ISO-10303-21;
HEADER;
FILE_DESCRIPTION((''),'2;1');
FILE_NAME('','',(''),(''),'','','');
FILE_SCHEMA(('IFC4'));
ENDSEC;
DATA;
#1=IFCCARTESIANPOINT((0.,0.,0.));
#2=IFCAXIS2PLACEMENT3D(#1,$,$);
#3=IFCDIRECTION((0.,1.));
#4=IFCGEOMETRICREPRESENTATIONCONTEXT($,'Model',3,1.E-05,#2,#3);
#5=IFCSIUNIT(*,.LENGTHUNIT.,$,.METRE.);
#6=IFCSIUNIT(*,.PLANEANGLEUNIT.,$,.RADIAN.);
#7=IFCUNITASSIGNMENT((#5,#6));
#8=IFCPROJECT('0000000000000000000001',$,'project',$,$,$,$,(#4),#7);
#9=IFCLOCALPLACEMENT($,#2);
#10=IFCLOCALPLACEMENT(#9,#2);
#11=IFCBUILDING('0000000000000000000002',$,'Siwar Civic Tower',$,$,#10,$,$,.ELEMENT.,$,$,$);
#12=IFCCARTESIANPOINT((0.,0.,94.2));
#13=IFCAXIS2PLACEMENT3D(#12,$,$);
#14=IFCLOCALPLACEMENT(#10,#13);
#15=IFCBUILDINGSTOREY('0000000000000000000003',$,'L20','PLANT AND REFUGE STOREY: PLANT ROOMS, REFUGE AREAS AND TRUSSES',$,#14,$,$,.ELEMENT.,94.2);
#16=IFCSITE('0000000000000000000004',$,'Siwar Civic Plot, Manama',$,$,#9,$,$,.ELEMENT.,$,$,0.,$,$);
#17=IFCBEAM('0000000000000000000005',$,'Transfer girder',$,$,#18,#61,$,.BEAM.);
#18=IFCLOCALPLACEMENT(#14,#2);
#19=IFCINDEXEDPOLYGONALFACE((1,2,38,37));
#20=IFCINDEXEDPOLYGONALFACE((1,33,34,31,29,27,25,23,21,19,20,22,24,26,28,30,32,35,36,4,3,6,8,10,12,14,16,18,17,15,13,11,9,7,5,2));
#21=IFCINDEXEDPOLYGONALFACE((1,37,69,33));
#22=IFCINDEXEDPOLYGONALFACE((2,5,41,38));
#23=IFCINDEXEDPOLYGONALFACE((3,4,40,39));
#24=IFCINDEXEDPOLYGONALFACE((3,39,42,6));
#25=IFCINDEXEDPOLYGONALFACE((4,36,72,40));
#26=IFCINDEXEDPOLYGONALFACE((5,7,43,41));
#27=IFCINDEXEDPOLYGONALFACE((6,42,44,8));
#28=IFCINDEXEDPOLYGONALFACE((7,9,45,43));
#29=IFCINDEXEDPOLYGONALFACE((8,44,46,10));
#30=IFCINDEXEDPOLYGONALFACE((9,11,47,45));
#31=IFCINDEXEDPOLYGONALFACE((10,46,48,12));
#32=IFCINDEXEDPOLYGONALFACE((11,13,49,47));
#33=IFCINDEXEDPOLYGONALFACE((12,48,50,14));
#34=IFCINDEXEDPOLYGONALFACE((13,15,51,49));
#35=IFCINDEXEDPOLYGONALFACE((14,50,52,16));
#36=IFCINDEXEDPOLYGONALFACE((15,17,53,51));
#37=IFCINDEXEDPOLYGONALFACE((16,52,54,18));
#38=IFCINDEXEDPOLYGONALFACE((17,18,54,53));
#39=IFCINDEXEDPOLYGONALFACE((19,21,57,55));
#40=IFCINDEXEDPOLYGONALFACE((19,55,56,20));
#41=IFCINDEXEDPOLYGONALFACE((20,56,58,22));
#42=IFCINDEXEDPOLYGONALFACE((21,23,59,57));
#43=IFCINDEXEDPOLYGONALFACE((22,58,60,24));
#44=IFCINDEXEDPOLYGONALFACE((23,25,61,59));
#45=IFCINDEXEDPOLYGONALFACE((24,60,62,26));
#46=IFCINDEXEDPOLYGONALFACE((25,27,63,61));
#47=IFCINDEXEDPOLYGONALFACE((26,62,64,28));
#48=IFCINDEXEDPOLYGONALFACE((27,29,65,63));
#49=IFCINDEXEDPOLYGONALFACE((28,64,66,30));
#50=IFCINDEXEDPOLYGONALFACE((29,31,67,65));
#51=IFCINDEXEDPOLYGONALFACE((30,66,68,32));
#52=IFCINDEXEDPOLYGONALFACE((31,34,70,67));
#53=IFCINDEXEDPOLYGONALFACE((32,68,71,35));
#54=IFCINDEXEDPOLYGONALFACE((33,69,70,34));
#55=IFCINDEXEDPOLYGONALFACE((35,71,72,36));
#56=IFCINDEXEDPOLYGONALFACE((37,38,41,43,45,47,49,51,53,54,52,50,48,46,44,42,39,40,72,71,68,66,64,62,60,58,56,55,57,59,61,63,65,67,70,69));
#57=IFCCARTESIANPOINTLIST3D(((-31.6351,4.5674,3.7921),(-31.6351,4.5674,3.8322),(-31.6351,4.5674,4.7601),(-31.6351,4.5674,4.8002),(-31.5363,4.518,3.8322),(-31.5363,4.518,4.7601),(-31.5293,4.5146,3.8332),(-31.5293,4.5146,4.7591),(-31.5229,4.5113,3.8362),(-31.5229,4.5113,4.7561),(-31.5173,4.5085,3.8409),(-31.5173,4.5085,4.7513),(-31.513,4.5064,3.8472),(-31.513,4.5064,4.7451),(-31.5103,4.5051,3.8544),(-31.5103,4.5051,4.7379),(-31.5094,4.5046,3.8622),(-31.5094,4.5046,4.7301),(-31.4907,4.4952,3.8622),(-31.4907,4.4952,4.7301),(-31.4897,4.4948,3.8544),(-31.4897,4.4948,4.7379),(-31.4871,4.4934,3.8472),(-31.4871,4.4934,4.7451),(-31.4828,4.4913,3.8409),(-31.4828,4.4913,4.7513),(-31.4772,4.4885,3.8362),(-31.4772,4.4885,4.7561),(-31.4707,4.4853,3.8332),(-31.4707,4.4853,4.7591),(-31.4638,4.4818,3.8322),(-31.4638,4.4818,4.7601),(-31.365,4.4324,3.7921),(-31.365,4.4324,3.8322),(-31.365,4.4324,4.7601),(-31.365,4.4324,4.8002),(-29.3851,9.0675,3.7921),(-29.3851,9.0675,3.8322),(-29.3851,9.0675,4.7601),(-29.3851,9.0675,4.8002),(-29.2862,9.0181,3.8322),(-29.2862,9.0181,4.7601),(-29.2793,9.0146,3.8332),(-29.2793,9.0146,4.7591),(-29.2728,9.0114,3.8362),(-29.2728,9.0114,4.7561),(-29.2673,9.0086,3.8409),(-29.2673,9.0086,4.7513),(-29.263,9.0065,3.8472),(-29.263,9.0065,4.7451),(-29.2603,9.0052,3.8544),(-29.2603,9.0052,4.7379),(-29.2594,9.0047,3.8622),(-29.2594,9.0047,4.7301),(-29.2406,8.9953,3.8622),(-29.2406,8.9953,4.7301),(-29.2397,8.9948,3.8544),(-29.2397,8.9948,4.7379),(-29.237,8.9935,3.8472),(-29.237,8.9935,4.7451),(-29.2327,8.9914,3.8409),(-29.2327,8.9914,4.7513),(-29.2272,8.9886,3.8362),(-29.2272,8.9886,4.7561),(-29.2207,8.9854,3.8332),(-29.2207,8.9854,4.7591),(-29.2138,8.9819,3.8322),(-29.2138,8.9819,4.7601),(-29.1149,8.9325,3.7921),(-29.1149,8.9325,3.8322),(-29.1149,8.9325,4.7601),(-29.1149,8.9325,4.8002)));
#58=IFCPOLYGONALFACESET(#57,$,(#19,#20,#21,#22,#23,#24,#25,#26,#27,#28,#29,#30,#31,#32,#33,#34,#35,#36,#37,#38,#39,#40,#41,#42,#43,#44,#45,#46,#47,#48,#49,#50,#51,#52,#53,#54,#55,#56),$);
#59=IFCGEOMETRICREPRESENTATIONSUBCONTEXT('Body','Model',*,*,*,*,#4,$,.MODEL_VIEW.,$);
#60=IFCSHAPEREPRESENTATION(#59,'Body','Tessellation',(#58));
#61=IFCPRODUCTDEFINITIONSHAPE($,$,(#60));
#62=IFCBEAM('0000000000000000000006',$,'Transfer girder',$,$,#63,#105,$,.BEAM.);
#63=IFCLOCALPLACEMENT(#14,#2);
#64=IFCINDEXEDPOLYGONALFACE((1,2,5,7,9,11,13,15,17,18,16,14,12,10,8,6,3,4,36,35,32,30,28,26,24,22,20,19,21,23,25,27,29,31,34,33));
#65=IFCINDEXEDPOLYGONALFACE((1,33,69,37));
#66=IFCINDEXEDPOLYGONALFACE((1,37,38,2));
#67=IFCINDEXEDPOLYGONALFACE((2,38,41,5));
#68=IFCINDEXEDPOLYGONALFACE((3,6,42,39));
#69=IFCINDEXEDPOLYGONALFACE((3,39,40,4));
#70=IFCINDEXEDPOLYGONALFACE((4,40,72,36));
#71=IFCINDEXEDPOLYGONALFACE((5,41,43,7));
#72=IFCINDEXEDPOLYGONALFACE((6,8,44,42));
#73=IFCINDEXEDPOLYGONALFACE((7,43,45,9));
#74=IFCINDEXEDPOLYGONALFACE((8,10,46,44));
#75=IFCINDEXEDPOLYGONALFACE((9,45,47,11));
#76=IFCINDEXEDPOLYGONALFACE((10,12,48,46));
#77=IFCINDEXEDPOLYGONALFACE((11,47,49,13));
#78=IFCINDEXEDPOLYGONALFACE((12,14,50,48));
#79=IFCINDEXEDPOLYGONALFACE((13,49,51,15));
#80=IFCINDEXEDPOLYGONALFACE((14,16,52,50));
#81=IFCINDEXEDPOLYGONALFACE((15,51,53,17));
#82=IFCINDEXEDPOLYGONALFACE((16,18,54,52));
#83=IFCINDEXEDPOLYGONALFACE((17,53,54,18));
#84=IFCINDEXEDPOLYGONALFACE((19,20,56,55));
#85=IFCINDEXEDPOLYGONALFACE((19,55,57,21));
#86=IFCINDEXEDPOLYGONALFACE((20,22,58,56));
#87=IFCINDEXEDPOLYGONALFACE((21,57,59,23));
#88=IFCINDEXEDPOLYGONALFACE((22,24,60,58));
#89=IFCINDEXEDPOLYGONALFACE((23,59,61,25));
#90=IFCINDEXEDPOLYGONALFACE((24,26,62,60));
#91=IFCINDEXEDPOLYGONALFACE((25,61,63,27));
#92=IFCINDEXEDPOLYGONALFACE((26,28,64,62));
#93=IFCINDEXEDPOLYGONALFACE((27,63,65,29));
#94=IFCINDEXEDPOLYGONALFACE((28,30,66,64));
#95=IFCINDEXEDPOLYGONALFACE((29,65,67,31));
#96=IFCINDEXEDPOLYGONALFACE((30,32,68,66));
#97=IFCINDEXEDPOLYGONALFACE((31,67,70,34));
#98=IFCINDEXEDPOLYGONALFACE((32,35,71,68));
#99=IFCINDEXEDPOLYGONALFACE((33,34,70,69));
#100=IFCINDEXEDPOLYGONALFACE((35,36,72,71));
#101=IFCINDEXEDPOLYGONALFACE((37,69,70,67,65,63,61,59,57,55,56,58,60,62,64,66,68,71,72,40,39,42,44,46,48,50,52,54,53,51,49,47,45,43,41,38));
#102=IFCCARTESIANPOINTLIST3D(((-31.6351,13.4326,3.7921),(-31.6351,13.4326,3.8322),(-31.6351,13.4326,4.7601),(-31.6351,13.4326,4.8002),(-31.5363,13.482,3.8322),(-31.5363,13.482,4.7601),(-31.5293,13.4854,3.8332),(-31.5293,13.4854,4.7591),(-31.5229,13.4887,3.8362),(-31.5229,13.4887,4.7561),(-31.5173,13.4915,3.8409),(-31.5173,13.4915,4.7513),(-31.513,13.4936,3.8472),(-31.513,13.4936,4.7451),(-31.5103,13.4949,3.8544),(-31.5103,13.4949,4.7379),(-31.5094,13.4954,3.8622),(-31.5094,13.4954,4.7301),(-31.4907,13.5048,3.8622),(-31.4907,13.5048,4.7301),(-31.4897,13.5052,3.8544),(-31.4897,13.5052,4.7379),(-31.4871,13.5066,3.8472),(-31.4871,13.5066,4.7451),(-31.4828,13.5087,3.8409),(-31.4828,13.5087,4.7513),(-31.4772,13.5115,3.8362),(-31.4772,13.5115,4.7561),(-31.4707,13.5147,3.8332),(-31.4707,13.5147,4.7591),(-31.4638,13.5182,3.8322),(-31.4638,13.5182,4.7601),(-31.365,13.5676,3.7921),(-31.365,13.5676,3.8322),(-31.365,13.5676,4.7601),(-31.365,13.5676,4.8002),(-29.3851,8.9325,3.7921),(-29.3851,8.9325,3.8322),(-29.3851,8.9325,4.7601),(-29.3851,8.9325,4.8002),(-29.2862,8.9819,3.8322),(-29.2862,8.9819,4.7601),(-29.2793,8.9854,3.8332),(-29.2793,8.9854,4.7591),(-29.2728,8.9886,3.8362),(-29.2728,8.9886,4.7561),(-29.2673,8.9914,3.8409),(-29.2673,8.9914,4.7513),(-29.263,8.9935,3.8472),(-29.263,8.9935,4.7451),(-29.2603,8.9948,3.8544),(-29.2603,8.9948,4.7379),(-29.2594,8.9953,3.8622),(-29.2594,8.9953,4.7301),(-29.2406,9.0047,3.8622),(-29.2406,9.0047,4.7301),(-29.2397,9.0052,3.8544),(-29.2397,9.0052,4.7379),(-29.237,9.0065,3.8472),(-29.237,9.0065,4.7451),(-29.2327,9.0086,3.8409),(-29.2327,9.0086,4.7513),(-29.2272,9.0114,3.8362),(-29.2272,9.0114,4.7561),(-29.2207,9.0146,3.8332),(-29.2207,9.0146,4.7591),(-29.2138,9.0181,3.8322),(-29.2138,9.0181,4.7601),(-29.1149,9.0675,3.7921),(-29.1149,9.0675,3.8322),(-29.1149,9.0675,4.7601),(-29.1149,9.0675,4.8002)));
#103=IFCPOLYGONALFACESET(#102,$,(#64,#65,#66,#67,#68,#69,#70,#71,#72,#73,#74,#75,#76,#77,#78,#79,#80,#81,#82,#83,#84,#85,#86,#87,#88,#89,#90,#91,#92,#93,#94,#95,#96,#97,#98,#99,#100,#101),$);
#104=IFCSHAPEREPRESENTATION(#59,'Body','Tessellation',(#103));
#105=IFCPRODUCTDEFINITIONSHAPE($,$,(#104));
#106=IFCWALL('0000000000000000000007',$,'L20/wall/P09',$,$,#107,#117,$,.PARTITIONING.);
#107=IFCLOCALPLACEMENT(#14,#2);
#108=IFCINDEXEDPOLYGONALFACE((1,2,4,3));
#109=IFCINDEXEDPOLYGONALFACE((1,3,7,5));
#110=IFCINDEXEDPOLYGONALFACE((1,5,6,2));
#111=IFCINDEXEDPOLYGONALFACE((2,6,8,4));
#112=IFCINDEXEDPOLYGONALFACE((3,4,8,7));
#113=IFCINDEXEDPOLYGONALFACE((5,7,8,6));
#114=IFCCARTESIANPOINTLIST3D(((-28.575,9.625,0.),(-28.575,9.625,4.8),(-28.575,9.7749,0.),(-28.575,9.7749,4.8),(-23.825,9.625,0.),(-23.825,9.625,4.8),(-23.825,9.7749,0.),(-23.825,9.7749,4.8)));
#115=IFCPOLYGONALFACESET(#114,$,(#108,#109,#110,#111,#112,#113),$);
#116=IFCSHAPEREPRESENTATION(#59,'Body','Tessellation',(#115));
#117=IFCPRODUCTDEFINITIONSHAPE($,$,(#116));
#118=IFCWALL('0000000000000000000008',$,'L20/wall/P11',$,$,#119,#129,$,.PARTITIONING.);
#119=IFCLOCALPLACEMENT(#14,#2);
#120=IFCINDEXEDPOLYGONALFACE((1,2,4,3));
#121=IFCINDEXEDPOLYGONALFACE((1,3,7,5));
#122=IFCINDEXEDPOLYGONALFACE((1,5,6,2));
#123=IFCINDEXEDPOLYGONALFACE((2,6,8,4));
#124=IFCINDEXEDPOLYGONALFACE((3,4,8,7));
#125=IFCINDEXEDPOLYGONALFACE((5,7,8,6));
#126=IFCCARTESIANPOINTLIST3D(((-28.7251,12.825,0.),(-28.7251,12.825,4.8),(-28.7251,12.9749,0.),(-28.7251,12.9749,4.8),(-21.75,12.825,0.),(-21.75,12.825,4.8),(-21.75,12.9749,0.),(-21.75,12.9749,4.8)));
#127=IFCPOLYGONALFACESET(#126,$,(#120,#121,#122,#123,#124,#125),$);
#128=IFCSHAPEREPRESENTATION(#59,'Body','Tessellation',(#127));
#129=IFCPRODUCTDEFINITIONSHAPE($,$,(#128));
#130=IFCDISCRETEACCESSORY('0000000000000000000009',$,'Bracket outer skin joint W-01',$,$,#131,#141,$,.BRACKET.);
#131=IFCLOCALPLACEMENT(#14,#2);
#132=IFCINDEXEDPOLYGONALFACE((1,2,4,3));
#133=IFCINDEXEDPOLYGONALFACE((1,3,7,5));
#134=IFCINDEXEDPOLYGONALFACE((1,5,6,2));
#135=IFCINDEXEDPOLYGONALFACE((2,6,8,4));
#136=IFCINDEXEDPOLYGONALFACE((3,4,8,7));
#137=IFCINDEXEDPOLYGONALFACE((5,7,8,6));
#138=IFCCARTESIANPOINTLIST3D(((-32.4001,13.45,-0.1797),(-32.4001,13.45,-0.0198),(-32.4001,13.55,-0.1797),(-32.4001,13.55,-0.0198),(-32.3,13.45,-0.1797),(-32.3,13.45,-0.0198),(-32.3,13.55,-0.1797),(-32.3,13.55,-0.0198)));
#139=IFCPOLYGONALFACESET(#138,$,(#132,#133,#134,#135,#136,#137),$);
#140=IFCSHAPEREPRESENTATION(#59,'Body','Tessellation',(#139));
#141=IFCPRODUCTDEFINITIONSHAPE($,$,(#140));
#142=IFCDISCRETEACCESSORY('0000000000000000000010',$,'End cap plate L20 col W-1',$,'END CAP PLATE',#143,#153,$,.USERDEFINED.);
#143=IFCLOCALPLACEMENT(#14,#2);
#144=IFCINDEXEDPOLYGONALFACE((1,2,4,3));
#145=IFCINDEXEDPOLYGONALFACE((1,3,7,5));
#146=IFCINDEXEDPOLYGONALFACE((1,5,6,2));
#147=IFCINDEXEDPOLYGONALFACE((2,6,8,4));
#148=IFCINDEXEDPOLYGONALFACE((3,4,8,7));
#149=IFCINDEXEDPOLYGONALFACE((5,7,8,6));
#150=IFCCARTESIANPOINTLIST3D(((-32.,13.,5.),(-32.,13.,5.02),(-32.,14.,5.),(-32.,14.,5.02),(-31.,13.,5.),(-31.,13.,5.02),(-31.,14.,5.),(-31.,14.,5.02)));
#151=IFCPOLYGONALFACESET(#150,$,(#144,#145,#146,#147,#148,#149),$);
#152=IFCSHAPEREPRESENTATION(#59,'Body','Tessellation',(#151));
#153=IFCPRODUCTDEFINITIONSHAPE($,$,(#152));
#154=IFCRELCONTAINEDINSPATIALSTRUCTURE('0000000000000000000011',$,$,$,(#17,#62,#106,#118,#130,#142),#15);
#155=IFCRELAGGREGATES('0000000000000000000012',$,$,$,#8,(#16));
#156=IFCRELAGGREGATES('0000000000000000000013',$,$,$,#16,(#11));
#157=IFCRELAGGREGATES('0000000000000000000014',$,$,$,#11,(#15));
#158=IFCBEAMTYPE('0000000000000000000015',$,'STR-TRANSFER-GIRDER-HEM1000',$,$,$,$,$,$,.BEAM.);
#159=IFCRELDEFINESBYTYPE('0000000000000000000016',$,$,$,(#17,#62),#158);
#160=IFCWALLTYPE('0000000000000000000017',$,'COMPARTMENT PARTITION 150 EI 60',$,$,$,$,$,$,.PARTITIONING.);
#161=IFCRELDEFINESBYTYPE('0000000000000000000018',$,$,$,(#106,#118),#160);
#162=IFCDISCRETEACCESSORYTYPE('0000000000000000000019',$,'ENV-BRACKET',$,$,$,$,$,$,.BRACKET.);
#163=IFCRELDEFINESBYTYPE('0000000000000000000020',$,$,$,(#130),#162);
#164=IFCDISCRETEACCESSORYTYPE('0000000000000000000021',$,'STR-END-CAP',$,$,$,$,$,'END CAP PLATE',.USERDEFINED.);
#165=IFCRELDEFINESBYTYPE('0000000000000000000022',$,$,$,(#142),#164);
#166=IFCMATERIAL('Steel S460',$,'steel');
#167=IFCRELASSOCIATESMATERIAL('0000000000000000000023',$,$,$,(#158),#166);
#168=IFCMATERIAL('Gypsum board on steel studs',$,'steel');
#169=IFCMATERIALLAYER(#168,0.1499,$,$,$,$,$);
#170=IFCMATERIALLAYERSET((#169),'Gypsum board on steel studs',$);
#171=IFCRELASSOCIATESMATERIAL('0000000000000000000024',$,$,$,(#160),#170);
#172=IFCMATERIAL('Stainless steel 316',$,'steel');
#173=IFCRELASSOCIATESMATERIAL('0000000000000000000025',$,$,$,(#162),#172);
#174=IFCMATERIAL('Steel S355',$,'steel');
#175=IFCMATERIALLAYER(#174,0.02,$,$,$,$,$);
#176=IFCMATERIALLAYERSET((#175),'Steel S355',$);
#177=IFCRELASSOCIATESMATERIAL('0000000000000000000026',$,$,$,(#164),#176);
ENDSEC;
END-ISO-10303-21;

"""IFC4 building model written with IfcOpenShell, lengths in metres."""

from ifc_helpers import new_model, si_unit, direction, frame, frame_2d, origin, origin_2d, place, context, subcontext, project, spatial, rectangle, i_section, extrude, material, layer, layer_set, material_profile, profile_set, type_object, element, save


model = new_model("IFC4")

# Units and contexts
model_context = context("Model", 3, precision=1e-05, world=origin(), true_north=direction((0.0, 1.0)))
body_context = subcontext(model_context, "Body", "Model", "MODEL_VIEW")
ifc_project = project(units=[si_unit("LENGTHUNIT", "METRE"), si_unit("PLANEANGLEUNIT", "RADIAN")], contexts=[model_context])

# Site, building, storey
site_placement = place(None, origin())
site = spatial("IfcSite", under=ifc_project, at=site_placement, Name="Siwar Civic Plot, Manama", CompositionType="ELEMENT", RefElevation=0.0)
building_placement = place(site_placement, origin())
building = spatial("IfcBuilding", under=site, at=building_placement, Name="Siwar Civic Tower", CompositionType="ELEMENT")
storey_placement = place(building_placement, frame((0.0, 0.0, 94.2)))
storey = spatial("IfcBuildingStorey", under=building, at=storey_placement, Name="L20", Description="PLANT AND REFUGE STOREY: PLANT ROOMS, REFUGE AREAS AND TRUSSES", CompositionType="ELEMENT", Elevation=94.2)

# Beams
ifc_material_1 = material(Name="Steel S460", Category="steel")
ifc_material_profile_1 = material_profile(ifc_material_1, i_section(OverallWidth=0.302, OverallDepth=1.0081, WebThickness=0.021, FlangeThickness=0.04, FilletRadius=0.03, at=origin_2d()), Name="HEM1000")
ifc_profile_set_1 = profile_set([ifc_material_profile_1], Name="Steel S460")
beam_type_1 = type_object("IfcBeamType", Name="STR-TRANSFER-GIRDER-HEM1000", PredefinedType="BEAM", material=ifc_profile_set_1)
for number, where, z_axis, x_axis, name in (
    (1, (-29.25, 9.0, 4.2961), (-0.447214, -0.894427, 0.0), (0.894427, -0.447214, 0.0), "Transfer girder"),
    (2, (-29.25, 9.0, 4.2961), (-0.447214, 0.894427, 0.0), (-0.894427, -0.447214, 0.0), "Transfer girder"),
):
    element("IfcBeam", number, at=place(storey_placement, frame(where, z_axis=z_axis, x_axis=x_axis)), inside=storey, type_object=beam_type_1, Name=name, PredefinedType="BEAM", context=body_context, shape_type="SweptSolid", body=[
        extrude(i_section(OverallWidth=0.302, OverallDepth=1.0081, WebThickness=0.021, FlangeThickness=0.04, FilletRadius=0.03, at=origin_2d()), origin(), (0.0, 0.0, 1.0), 5.0312),
    ])

# Walls
ifc_material_2 = material(Name="Gypsum board on steel studs", Category="steel")
ifc_layer_1 = layer(ifc_material_2, 0.1499)
ifc_layer_set_1 = layer_set([ifc_layer_1], Name="Gypsum board on steel studs")
wall_type = type_object("IfcWallType", Name="COMPARTMENT PARTITION 150 EI 60", PredefinedType="PARTITIONING", material=ifc_layer_set_1)
wall_1_placement = place(storey_placement, frame((-28.575, 9.7, 0.0), z_axis=(0.0, 0.0, 1.0), x_axis=(1.0, 0.0, 0.0)))
element("IfcWall", 3, at=wall_1_placement, inside=storey, type_object=wall_type, Name="L20/wall/P09", PredefinedType="PARTITIONING", context=body_context, shape_type="SweptSolid", body=[
    extrude(rectangle(XDim=4.75, YDim=0.1499, at=frame_2d((2.375, 0.0))), origin(), (0.0, 0.0, 1.0), 4.8),
])
wall_2_placement = place(storey_placement, frame((-28.7251, 12.8999, 0.0), z_axis=(0.0, 0.0, 1.0), x_axis=(1.0, 0.0, 0.0)))
element("IfcWall", 4, at=wall_2_placement, inside=storey, type_object=wall_type, Name="L20/wall/P11", PredefinedType="PARTITIONING", context=body_context, shape_type="SweptSolid", body=[
    extrude(rectangle(XDim=6.9751, YDim=0.1499, at=frame_2d((3.4875, 0.0))), origin(), (0.0, 0.0, 1.0), 4.8),
])

# Discrete accessories
ifc_material_3 = material(Name="Stainless steel 316", Category="steel")
discrete_accessory_type_1 = type_object("IfcDiscreteAccessoryType", Name="ENV-BRACKET", PredefinedType="BRACKET", material=ifc_material_3)
discrete_accessory_1_placement = place(storey_placement, frame((-32.3501, 13.5, -0.1797), z_axis=(0.0, 0.0, 1.0), x_axis=(-1.0, 0.0, 0.0)))
element("IfcDiscreteAccessory", 5, at=discrete_accessory_1_placement, inside=storey, type_object=discrete_accessory_type_1, Name="Bracket outer skin joint W-01", PredefinedType="BRACKET", context=body_context, shape_type="SweptSolid", body=[
    extrude(rectangle(XDim=0.1001, YDim=0.1001, at=origin_2d()), origin(), (0.0, 0.0, 1.0), 0.1599),
])
ifc_material_4 = material(Name="Steel S355", Category="steel")
ifc_layer_2 = layer(ifc_material_4, 0.02)
ifc_layer_set_2 = layer_set([ifc_layer_2], Name="Steel S355")
discrete_accessory_type_2 = type_object("IfcDiscreteAccessoryType", Name="STR-END-CAP", ElementType="END CAP PLATE", PredefinedType="USERDEFINED", material=ifc_layer_set_2)
discrete_accessory_2_placement = place(storey_placement, frame((-31.5, 13.5, 5.0), z_axis=(0.0, 0.0, 1.0), x_axis=(1.0, 0.0, 0.0)))
element("IfcDiscreteAccessory", 6, at=discrete_accessory_2_placement, inside=storey, type_object=discrete_accessory_type_2, Name="End cap plate L20 col W-1", ObjectType="END CAP PLATE", PredefinedType="USERDEFINED", context=body_context, shape_type="SweptSolid", body=[
    extrude(rectangle(XDim=1.0, YDim=1.0, at=origin_2d()), origin(), (0.0, 0.0, 1.0), 0.02),
])

save(model, "model.ifc")
